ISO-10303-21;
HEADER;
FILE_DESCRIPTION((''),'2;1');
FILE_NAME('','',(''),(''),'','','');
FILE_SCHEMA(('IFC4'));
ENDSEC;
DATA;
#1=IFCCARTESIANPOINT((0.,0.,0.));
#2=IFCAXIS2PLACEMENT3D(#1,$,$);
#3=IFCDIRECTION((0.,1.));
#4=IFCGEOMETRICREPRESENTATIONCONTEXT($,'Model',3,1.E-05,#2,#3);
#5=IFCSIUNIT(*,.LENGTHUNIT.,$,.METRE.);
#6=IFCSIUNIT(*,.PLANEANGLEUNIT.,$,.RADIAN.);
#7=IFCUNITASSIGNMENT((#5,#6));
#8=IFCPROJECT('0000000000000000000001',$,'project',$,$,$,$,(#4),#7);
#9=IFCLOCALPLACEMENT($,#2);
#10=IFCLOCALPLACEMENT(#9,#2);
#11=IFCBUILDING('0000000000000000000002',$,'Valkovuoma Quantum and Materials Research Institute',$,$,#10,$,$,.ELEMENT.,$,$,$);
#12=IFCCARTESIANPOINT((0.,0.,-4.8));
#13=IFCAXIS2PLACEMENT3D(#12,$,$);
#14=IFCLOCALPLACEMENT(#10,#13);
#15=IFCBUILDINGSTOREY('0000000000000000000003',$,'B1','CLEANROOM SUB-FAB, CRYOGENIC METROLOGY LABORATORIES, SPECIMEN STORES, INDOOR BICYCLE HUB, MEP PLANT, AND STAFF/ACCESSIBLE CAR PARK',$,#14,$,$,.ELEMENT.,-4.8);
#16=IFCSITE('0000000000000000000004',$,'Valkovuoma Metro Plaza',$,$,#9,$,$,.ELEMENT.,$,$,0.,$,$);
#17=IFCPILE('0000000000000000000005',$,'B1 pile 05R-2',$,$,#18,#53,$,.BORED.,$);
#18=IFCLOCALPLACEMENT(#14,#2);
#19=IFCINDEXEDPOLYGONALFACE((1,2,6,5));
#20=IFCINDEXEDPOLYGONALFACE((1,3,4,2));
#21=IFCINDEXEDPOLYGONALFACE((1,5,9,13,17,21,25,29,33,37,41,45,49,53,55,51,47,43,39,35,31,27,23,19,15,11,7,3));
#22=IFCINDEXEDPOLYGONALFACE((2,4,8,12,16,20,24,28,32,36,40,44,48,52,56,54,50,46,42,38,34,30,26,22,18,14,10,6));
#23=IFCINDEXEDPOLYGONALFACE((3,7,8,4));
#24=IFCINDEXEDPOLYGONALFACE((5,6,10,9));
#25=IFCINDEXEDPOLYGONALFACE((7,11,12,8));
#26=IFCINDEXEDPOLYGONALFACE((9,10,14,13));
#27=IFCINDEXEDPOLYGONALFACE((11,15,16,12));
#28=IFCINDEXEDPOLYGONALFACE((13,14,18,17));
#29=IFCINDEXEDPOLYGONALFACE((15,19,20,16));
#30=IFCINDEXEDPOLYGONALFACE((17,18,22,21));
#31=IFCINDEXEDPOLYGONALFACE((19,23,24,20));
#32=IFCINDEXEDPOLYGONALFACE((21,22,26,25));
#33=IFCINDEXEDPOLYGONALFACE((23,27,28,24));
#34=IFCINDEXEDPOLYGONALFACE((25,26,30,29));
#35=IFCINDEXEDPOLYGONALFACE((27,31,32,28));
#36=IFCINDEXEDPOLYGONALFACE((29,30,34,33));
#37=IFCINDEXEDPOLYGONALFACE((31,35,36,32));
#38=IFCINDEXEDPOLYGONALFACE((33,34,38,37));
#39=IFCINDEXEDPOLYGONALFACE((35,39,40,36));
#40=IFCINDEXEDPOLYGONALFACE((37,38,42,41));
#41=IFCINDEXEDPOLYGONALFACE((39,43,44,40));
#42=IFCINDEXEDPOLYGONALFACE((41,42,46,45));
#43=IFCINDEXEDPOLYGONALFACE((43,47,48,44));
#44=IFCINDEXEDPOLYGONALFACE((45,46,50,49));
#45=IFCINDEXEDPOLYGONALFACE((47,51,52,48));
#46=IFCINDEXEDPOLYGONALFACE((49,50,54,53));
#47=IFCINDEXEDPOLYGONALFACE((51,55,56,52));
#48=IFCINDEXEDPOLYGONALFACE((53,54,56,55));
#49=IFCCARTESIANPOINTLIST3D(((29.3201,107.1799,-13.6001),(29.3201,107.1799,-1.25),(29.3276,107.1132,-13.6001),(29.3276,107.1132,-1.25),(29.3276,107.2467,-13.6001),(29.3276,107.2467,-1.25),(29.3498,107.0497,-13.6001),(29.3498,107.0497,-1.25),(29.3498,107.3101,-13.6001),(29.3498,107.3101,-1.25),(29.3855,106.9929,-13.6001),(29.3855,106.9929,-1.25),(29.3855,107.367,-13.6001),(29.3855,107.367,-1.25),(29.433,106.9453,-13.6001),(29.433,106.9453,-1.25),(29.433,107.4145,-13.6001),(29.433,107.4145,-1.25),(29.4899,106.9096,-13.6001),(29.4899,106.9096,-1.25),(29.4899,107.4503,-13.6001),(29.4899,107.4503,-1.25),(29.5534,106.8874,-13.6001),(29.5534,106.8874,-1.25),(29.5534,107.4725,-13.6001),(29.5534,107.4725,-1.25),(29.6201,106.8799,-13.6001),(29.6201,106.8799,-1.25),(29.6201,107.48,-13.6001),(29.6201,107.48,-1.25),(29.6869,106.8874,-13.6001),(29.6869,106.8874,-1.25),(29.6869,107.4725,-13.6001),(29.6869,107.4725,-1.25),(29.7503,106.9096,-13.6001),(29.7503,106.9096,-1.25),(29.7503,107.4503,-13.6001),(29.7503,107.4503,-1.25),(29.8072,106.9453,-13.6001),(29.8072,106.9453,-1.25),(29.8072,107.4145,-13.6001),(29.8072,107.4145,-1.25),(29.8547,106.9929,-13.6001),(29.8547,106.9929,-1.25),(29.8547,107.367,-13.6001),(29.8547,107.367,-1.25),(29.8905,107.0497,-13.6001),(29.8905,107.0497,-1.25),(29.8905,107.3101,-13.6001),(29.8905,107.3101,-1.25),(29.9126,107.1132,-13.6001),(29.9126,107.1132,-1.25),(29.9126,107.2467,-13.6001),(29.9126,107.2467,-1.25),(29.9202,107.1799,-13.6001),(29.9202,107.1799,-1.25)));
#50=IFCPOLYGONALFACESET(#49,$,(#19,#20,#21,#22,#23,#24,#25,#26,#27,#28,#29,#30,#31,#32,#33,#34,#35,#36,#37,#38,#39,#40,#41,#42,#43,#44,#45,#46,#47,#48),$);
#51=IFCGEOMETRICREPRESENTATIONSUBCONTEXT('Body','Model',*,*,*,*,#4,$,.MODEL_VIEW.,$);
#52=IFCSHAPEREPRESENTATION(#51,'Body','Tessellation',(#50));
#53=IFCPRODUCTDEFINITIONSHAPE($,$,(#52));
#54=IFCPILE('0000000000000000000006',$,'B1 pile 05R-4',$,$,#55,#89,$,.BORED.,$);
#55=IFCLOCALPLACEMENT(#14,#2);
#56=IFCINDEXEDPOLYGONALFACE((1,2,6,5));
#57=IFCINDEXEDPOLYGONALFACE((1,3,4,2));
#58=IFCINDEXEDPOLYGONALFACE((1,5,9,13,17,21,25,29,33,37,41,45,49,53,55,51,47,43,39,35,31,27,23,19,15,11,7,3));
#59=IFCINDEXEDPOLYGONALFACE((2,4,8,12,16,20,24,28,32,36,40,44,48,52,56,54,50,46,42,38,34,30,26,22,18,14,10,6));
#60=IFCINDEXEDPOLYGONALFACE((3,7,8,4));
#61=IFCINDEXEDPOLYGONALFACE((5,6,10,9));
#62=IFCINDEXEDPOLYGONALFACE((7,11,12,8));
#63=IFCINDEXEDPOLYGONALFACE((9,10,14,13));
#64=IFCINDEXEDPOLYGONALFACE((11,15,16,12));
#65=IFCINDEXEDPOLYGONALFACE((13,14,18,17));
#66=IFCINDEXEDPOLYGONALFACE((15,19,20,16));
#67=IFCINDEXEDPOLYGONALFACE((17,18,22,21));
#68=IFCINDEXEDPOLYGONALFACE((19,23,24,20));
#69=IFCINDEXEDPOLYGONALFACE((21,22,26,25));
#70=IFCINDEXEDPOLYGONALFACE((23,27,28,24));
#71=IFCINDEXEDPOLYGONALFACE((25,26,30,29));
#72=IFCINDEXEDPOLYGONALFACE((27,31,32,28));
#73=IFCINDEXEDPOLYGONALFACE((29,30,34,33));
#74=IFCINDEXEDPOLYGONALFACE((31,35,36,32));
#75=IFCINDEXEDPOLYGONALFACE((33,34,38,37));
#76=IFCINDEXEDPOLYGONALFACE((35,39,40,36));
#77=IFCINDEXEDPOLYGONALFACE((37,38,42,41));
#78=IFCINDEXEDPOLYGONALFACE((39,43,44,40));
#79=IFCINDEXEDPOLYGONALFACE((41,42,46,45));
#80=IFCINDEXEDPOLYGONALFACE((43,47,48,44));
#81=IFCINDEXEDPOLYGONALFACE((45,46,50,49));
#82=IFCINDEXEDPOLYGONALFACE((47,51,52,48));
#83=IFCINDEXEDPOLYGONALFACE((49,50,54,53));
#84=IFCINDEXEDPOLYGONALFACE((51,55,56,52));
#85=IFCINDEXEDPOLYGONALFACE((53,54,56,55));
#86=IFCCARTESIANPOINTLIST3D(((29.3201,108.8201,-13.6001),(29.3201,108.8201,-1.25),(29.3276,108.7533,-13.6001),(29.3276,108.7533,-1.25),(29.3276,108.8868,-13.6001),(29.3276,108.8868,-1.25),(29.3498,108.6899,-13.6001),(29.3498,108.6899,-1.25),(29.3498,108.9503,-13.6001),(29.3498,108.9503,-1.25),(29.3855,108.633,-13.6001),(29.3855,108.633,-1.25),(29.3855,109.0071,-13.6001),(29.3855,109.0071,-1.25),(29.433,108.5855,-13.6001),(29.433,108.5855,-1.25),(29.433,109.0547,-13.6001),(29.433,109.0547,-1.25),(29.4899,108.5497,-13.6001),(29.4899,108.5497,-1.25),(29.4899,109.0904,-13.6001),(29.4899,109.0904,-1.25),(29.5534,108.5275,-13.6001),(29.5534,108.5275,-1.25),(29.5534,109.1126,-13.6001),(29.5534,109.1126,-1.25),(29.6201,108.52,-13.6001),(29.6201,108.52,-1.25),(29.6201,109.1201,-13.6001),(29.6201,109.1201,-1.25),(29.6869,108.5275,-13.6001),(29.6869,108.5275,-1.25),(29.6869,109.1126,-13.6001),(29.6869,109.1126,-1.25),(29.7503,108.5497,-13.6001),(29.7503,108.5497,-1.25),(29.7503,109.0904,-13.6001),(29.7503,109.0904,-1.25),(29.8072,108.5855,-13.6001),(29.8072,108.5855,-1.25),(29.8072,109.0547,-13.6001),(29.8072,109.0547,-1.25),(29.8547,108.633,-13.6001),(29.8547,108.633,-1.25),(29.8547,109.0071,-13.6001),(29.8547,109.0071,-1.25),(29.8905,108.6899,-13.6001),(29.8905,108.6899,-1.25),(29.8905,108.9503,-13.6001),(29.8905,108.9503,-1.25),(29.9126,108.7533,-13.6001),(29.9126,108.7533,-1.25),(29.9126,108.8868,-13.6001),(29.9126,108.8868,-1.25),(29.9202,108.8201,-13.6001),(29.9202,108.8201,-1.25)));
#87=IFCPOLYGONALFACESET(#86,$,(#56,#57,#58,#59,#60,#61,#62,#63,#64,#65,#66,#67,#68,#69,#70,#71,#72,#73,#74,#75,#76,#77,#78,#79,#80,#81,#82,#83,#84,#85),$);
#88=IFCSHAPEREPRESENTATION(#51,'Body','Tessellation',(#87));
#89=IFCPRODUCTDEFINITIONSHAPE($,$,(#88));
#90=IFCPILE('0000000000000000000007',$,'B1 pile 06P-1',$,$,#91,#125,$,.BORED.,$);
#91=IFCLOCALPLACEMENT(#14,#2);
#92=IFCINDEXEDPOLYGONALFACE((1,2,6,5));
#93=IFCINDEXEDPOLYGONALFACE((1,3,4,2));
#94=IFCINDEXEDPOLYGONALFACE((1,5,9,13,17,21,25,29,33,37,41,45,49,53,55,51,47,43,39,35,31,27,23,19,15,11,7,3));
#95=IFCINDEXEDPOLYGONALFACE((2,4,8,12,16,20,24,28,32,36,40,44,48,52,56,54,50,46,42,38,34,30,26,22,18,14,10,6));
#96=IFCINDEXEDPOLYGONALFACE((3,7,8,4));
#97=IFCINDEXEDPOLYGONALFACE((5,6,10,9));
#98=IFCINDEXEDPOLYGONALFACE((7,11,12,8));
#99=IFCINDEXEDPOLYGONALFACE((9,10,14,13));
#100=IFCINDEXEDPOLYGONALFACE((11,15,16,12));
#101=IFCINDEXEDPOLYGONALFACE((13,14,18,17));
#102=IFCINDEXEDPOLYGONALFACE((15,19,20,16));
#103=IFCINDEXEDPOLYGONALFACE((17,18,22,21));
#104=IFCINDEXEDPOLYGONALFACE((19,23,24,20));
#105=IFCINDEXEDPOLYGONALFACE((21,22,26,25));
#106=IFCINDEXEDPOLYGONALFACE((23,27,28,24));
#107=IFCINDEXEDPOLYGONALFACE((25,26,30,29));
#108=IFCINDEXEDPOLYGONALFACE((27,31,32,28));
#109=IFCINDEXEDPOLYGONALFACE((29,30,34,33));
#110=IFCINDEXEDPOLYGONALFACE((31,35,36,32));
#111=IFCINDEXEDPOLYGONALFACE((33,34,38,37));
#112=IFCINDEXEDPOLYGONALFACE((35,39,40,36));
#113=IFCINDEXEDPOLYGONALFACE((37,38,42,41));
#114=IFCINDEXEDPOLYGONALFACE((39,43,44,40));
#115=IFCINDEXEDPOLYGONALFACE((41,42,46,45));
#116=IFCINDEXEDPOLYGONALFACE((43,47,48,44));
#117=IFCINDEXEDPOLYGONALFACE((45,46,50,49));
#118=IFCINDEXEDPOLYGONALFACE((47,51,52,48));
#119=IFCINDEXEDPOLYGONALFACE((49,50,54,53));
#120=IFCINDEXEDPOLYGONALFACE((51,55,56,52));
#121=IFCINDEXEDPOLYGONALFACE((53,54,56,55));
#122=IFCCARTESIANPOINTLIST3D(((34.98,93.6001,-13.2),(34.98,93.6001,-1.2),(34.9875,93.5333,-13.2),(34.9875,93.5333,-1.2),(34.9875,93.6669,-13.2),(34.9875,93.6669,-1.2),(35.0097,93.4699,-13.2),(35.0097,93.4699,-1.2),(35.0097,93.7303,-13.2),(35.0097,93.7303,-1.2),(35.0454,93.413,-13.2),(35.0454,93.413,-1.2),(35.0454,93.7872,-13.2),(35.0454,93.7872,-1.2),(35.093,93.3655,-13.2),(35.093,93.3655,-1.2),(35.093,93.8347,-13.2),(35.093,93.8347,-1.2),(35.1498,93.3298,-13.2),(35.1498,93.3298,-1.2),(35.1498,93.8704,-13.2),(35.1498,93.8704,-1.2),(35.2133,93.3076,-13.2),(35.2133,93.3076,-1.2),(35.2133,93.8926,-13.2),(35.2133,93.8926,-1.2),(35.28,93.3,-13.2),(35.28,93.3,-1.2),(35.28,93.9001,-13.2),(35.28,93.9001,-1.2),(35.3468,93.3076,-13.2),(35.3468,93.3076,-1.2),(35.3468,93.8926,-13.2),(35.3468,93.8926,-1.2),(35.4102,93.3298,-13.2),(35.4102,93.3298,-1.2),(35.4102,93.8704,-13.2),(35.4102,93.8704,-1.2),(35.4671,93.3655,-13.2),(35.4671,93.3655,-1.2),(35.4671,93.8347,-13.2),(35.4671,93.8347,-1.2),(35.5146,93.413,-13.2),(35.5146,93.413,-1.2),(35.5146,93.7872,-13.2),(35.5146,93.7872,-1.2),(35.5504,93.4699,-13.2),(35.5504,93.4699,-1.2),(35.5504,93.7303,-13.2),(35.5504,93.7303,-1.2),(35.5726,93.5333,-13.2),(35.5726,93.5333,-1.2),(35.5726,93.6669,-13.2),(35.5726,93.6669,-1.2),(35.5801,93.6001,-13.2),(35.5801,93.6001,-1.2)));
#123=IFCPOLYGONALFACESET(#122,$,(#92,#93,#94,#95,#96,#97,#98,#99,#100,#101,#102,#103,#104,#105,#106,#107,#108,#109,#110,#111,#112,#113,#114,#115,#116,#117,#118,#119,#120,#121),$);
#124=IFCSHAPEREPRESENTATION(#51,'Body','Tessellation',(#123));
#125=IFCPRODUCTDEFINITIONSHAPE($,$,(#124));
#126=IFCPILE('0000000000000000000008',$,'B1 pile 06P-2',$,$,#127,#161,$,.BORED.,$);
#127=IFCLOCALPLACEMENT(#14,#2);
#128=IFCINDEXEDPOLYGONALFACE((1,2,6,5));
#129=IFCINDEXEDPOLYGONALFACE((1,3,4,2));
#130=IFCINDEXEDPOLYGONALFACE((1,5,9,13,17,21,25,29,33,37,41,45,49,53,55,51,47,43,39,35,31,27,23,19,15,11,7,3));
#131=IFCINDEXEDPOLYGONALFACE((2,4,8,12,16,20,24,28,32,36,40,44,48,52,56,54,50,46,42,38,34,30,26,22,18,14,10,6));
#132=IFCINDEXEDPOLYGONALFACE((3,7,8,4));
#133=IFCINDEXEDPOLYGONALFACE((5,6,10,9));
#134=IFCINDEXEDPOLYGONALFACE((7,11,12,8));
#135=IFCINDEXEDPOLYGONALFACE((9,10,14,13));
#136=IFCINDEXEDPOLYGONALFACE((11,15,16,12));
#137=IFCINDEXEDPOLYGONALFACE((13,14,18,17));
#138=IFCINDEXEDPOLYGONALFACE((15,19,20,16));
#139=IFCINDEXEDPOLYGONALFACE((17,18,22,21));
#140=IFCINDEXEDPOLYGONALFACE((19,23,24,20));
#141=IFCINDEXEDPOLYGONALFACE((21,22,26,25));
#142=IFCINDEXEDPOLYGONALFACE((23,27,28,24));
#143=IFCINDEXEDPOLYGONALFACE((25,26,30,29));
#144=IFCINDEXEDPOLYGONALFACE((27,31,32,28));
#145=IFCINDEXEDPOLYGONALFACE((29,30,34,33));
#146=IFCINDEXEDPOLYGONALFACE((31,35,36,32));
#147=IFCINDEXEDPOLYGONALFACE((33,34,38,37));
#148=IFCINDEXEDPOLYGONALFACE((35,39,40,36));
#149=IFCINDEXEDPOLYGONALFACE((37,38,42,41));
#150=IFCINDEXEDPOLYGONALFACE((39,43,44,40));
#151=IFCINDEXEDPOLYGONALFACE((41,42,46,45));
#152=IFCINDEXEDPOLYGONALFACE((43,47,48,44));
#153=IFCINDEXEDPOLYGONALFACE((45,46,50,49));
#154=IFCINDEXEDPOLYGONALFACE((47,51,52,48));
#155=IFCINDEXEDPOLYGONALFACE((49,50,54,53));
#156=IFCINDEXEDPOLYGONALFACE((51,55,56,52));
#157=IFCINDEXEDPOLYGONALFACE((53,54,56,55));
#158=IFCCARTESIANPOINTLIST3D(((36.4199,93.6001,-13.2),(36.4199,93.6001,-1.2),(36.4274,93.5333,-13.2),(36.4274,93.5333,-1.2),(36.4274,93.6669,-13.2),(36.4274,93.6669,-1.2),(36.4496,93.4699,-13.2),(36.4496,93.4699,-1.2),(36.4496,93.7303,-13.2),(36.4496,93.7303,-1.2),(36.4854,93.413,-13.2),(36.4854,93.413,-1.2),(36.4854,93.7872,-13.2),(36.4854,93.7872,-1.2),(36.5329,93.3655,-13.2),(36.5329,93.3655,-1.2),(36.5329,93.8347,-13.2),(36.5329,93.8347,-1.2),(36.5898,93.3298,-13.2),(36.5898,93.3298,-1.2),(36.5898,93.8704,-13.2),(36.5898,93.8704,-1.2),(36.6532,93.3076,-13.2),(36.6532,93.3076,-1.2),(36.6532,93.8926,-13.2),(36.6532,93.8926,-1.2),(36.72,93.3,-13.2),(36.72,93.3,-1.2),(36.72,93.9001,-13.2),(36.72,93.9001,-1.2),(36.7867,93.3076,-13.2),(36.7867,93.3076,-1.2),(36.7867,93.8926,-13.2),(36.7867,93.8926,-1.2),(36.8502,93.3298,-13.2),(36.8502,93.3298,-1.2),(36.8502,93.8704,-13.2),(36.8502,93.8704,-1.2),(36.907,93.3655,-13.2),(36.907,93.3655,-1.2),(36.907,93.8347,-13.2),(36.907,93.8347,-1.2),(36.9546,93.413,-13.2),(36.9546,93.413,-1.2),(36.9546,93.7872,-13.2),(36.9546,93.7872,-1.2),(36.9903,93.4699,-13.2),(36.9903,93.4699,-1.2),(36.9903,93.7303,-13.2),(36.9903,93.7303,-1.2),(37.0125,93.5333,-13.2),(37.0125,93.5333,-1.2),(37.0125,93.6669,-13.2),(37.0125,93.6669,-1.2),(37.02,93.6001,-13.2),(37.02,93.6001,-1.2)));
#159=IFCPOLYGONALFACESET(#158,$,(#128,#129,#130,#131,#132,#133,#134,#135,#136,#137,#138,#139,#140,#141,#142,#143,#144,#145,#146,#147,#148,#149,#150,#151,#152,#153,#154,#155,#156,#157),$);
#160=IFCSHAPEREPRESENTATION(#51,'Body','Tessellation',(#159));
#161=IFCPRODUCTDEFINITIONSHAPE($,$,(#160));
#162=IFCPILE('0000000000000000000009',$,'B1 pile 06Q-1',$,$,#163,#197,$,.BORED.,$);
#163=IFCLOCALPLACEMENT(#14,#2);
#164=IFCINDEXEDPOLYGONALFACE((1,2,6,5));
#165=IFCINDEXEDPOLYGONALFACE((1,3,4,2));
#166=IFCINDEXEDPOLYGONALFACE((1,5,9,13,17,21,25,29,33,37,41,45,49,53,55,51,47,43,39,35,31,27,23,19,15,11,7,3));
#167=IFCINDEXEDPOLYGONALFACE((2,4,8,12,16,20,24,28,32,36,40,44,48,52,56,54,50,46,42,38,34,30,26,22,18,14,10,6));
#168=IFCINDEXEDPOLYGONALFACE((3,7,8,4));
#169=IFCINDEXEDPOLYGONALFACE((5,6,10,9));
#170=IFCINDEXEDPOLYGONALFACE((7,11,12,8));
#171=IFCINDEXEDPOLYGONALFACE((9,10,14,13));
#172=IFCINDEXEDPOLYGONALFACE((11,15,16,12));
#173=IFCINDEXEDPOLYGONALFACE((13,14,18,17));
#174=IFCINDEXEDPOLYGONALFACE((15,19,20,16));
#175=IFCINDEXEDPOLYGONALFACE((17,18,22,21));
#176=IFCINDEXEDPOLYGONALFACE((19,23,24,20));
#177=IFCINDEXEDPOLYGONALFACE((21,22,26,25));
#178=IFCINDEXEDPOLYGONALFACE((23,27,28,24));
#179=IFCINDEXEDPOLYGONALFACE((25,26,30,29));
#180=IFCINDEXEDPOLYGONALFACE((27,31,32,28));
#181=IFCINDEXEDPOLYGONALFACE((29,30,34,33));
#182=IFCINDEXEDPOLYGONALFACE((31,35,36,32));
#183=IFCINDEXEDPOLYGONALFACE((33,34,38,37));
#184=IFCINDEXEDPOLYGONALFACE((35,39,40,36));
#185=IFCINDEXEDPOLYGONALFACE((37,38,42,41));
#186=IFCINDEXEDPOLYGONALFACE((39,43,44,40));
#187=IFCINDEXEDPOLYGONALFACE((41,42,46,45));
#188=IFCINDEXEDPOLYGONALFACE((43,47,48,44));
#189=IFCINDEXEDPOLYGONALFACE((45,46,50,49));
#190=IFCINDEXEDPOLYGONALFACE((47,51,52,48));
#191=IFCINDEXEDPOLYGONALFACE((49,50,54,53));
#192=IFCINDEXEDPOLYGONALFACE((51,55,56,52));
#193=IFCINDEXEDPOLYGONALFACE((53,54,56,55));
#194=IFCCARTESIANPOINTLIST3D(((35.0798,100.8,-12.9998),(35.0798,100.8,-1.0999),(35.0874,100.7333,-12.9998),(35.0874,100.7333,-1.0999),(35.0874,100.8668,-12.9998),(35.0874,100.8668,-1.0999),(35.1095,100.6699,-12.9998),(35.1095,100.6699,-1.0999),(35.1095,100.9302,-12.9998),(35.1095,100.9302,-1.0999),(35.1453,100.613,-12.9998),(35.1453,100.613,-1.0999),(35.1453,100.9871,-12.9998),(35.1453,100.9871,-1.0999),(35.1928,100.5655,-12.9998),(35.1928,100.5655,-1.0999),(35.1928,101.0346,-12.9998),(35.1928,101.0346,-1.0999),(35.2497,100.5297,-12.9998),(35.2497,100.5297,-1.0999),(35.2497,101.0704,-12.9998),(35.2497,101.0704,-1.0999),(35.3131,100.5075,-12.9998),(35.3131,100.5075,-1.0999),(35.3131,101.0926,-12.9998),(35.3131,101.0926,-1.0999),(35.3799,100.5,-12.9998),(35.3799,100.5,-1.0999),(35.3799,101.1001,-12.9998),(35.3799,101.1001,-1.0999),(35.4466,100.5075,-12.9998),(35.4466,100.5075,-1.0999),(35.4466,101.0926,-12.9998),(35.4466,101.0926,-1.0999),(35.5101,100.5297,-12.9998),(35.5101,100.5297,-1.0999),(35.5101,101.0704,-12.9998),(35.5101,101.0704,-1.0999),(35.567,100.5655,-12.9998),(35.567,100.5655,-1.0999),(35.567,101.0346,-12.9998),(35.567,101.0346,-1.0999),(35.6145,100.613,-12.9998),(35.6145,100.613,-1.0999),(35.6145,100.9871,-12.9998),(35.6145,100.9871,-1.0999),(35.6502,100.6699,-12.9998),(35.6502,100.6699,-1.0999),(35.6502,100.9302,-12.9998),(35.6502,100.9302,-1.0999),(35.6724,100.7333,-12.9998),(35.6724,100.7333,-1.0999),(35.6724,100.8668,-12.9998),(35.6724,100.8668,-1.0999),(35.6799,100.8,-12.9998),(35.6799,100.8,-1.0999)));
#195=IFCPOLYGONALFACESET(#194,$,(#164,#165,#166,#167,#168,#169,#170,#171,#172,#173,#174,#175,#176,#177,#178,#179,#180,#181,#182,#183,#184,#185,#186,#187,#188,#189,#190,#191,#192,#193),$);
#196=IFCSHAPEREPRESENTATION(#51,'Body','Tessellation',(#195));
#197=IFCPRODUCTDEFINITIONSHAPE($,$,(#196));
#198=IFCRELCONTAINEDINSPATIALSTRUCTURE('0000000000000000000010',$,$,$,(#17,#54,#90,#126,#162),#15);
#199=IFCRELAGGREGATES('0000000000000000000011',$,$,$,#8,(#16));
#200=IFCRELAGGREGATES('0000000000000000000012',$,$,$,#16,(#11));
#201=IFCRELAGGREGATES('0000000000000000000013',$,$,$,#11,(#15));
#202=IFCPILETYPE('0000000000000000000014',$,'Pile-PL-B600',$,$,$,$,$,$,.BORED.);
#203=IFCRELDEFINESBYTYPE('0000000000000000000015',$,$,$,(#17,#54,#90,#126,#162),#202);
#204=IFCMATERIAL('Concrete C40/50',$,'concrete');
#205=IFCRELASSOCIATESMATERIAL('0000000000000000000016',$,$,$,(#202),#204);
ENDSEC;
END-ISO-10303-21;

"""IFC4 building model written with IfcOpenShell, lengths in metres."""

from ifc_helpers import new_model, si_unit, direction, frame, origin, origin_2d, place, context, subcontext, project, spatial, circle, extrude, material, material_profile, profile_set, type_object, element, save


model = new_model("IFC4")

# Units and contexts
model_context = context("Model", 3, precision=1e-05, world=origin(), true_north=direction((0.0, 1.0)))
body_context = subcontext(model_context, "Body", "Model", "MODEL_VIEW")
ifc_project = project(units=[si_unit("LENGTHUNIT", "METRE"), si_unit("PLANEANGLEUNIT", "RADIAN")], contexts=[model_context])

# Site, building, storey
site_placement = place(None, origin())
site = spatial("IfcSite", under=ifc_project, at=site_placement, Name="Valkovuoma Metro Plaza", CompositionType="ELEMENT", RefElevation=0.0)
building_placement = place(site_placement, origin())
building = spatial("IfcBuilding", under=site, at=building_placement, Name="Valkovuoma Quantum and Materials Research Institute", CompositionType="ELEMENT")
storey_placement = place(building_placement, frame((0.0, 0.0, -4.8)))
storey = spatial("IfcBuildingStorey", under=building, at=storey_placement, Name="B1", Description="CLEANROOM SUB-FAB, CRYOGENIC METROLOGY LABORATORIES, SPECIMEN STORES, INDOOR BICYCLE HUB, MEP PLANT, AND STAFF/ACCESSIBLE CAR PARK", CompositionType="ELEMENT", Elevation=-4.8)

# Piles
ifc_material_1 = material(Name="Concrete C40/50", Category="concrete")
ifc_material_profile_1 = material_profile(ifc_material_1, circle(Radius=0.3, at=origin_2d()), Name="Concrete C40/50")
ifc_profile_set_1 = profile_set([ifc_material_profile_1], Name="Concrete C40/50")
pile_type_1 = type_object("IfcPileType", Name="Pile-PL-B600", PredefinedType="BORED", material=ifc_profile_set_1)
for number, where, z_axis, x_axis, name in (
    (1, (29.6201, 107.1799, -1.25), (0.0, 0.0, -1.0), (1.0, 0.0, 0.0), "B1 pile 05R-2"),
    (2, (29.6201, 108.8201, -1.25), (0.0, 0.0, -1.0), (1.0, 0.0, 0.0), "B1 pile 05R-4"),
):
    element("IfcPile", number, at=place(storey_placement, frame(where, z_axis=z_axis, x_axis=x_axis)), inside=storey, type_object=pile_type_1, Name=name, PredefinedType="BORED", context=body_context, shape_type="SweptSolid", body=[
        extrude(circle(Radius=0.3, at=origin_2d()), origin(), (0.0, 0.0, 1.0), 12.3501),
    ])
for number, where, z_axis, x_axis, name in (
    (3, (35.28, 93.6001, -1.2), (0.0, 0.0, -1.0), (1.0, 0.0, 0.0), "B1 pile 06P-1"),
    (4, (36.72, 93.6001, -1.2), (0.0, 0.0, -1.0), (1.0, 0.0, 0.0), "B1 pile 06P-2"),
):
    element("IfcPile", number, at=place(storey_placement, frame(where, z_axis=z_axis, x_axis=x_axis)), inside=storey, type_object=pile_type_1, Name=name, PredefinedType="BORED", context=body_context, shape_type="SweptSolid", body=[
        extrude(circle(Radius=0.3, at=origin_2d()), origin(), (0.0, 0.0, 1.0), 12.0),
    ])
for number, where, z_axis, x_axis, name in (
    (5, (35.3799, 100.8, -1.0999), (0.0, 0.0, -1.0), (1.0, 0.0, 0.0), "B1 pile 06Q-1"),
):
    element("IfcPile", number, at=place(storey_placement, frame(where, z_axis=z_axis, x_axis=x_axis)), inside=storey, type_object=pile_type_1, Name=name, PredefinedType="BORED", context=body_context, shape_type="SweptSolid", body=[
        extrude(circle(Radius=0.3, at=origin_2d()), origin(), (0.0, 0.0, 1.0), 11.8999),
    ])

save(model, "model.ifc")
